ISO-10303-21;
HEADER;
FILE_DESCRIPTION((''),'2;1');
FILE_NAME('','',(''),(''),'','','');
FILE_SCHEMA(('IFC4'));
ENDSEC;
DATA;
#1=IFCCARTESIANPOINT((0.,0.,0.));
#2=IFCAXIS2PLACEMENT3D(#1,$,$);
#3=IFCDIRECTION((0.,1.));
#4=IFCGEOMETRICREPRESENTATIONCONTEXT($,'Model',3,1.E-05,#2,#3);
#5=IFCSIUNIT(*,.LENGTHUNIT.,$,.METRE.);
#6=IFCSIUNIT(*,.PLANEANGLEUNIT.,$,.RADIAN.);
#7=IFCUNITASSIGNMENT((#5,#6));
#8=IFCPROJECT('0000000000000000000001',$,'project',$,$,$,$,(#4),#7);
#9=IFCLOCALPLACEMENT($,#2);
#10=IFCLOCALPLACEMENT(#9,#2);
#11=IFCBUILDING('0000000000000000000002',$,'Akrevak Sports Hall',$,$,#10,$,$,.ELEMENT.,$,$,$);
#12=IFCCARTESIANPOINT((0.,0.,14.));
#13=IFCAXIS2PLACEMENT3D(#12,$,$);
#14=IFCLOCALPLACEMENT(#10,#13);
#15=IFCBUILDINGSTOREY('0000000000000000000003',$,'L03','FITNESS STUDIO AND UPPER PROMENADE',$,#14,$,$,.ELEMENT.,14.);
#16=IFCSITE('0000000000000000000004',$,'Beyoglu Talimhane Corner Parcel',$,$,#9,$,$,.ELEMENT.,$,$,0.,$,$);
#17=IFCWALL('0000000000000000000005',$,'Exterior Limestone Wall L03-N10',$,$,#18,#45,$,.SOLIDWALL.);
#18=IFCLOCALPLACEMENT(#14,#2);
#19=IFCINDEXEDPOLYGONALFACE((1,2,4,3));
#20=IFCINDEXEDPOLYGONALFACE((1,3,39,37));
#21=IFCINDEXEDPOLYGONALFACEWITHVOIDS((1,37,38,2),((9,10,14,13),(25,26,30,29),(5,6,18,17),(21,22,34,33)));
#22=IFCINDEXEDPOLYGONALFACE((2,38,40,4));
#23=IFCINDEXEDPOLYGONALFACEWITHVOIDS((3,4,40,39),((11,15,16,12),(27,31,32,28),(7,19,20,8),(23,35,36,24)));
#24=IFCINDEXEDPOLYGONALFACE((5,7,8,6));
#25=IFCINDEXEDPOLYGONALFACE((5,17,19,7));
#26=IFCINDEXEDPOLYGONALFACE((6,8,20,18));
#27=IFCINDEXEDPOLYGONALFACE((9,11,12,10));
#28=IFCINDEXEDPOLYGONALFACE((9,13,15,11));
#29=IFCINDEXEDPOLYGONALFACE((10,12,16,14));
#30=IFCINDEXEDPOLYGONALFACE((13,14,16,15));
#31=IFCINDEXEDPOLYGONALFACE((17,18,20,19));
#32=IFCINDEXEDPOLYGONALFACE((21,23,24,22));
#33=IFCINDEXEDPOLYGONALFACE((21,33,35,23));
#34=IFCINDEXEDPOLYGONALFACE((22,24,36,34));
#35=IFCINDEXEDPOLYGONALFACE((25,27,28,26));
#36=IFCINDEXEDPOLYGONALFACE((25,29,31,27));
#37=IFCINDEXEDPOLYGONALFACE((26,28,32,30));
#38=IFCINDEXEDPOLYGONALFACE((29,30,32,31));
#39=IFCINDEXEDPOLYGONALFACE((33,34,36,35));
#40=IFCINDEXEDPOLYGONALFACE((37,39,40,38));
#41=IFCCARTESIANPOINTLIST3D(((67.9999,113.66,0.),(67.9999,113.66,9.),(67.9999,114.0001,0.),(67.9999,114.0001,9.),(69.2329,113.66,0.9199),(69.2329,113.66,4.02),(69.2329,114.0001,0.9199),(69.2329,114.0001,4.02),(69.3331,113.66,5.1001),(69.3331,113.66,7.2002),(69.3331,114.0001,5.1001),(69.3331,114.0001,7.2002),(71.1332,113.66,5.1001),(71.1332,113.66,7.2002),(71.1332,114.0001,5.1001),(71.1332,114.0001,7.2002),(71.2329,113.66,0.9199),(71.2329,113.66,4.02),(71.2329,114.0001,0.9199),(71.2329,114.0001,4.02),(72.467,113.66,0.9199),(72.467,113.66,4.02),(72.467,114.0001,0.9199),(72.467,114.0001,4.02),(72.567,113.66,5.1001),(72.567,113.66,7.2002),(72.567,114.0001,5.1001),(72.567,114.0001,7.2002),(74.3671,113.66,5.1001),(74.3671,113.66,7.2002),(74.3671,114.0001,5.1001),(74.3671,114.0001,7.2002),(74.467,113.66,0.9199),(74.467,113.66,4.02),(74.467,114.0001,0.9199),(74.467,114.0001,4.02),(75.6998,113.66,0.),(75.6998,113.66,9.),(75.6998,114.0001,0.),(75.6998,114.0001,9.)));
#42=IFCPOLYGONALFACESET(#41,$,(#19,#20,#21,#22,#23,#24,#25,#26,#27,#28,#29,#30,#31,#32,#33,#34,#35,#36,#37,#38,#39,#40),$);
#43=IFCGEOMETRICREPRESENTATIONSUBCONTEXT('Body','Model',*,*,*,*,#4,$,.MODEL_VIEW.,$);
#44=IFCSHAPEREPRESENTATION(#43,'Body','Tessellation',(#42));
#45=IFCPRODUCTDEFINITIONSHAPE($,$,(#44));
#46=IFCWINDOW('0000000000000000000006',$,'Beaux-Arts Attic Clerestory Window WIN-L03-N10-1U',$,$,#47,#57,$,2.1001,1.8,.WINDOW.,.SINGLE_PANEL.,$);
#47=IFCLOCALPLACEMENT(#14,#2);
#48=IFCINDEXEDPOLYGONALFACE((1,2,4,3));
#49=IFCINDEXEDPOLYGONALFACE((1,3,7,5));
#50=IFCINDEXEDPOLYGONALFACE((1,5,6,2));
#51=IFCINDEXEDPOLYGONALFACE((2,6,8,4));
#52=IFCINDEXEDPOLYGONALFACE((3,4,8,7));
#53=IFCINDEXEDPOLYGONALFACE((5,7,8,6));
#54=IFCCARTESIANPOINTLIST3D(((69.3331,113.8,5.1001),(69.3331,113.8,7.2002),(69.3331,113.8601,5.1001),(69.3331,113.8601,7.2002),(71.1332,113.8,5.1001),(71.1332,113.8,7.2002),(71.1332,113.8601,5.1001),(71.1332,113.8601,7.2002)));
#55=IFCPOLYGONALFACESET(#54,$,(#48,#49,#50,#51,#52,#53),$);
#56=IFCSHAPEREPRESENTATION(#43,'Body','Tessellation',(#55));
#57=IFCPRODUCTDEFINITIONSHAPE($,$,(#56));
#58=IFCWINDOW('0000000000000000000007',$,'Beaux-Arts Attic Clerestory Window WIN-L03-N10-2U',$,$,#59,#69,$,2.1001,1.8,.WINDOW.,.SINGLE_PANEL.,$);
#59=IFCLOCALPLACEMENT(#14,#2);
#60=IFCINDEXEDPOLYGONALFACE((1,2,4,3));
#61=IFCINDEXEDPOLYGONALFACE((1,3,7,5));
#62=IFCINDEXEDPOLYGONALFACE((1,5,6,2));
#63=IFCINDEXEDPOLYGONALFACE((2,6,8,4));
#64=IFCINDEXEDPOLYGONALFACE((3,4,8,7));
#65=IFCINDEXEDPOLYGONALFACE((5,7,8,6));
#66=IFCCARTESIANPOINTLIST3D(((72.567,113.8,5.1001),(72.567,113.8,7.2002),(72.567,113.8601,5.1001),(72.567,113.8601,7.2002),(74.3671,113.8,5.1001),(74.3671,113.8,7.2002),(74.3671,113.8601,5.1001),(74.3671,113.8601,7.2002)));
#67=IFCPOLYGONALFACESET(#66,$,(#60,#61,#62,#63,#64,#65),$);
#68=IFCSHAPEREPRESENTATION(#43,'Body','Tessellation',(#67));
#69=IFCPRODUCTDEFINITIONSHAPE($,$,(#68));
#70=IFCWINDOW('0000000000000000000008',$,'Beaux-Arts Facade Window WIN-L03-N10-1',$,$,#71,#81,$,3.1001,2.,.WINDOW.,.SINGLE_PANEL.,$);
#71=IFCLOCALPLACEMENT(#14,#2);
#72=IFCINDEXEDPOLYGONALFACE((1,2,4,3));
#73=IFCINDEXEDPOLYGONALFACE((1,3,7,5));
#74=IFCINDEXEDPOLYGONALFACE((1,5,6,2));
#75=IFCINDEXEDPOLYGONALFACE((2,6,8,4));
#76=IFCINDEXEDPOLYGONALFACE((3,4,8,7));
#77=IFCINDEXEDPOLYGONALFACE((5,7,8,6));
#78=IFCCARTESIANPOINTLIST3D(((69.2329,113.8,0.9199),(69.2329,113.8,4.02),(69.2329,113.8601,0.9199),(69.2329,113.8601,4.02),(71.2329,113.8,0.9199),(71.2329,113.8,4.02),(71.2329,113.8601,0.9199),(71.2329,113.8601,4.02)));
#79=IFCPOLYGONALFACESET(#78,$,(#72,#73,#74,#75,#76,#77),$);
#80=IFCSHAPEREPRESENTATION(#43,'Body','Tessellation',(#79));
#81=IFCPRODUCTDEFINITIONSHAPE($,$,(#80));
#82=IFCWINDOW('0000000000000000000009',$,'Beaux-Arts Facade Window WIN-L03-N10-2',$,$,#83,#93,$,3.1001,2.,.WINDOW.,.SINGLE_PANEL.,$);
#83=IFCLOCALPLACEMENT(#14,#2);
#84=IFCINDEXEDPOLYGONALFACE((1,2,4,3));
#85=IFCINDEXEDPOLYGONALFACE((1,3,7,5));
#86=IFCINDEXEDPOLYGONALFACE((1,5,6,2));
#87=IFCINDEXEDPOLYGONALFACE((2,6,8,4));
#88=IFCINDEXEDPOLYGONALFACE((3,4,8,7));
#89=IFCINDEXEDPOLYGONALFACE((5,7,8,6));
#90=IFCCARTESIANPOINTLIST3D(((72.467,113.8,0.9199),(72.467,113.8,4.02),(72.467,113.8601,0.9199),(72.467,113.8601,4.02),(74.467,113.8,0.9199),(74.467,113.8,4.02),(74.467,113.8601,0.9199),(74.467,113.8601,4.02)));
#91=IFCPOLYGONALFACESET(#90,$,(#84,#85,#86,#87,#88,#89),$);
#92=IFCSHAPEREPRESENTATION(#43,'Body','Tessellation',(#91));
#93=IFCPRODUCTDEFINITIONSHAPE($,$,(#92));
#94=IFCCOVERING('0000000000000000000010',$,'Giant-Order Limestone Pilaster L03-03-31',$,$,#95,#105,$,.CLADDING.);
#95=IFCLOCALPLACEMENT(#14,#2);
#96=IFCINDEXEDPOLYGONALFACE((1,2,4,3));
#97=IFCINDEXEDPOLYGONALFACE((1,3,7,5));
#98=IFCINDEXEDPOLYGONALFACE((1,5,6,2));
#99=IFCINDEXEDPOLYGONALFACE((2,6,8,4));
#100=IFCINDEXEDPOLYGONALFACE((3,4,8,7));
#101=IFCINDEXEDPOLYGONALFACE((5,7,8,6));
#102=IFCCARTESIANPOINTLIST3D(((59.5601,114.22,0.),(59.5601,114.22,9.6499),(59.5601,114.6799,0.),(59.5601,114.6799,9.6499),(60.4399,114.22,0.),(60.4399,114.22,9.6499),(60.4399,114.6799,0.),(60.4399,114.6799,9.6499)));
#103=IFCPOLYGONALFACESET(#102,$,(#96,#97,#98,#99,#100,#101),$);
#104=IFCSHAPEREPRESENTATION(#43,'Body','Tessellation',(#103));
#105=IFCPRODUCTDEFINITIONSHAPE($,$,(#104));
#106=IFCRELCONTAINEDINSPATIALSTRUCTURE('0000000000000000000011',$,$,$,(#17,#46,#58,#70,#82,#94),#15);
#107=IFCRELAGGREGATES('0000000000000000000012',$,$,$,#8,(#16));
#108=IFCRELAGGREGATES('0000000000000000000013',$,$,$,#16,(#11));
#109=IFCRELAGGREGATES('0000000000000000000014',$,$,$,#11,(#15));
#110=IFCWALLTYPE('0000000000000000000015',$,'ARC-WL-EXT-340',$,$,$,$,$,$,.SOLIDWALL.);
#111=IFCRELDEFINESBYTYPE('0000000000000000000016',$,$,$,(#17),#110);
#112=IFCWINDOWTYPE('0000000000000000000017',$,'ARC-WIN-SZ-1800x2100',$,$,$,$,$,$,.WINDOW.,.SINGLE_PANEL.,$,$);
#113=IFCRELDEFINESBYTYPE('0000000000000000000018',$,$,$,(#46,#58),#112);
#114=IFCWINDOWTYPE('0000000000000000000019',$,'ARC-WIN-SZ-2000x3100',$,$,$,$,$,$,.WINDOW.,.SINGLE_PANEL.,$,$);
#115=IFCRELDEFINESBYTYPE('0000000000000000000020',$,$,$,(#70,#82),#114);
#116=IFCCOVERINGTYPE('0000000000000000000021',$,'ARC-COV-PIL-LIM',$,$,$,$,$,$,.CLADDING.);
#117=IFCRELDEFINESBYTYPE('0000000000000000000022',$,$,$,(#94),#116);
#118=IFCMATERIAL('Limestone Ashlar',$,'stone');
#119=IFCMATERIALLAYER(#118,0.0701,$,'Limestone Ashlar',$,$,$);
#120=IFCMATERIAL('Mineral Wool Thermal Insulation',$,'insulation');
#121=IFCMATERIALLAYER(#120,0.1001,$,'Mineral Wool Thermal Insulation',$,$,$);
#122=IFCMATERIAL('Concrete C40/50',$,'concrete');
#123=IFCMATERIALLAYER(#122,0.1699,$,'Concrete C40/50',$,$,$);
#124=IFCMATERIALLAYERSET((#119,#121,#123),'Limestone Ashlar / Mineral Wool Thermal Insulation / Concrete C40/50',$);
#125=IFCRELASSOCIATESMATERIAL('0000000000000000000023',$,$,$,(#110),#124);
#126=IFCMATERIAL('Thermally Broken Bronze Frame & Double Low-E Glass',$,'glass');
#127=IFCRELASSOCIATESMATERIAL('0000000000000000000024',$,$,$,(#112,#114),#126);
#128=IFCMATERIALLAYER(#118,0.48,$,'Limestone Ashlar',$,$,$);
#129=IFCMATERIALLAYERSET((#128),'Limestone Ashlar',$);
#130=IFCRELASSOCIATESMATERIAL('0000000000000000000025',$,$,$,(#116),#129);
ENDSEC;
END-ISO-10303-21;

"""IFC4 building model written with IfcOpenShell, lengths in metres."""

from ifc_helpers import new_model, si_unit, direction, frame, frame_2d, origin, origin_2d, place, context, subcontext, project, spatial, rectangle, extrude, material, layer, layer_set, type_object, element, fill, save


model = new_model("IFC4")

# Units and contexts
model_context = context("Model", 3, precision=1e-05, world=origin(), true_north=direction((0.0, 1.0)))
body_context = subcontext(model_context, "Body", "Model", "MODEL_VIEW")
ifc_project = project(units=[si_unit("LENGTHUNIT", "METRE"), si_unit("PLANEANGLEUNIT", "RADIAN")], contexts=[model_context])

# Site, building, storey
site_placement = place(None, origin())
site = spatial("IfcSite", under=ifc_project, at=site_placement, Name="Beyoglu Talimhane Corner Parcel", CompositionType="ELEMENT", RefElevation=0.0)
building_placement = place(site_placement, origin())
building = spatial("IfcBuilding", under=site, at=building_placement, Name="Akrevak Sports Hall", CompositionType="ELEMENT")
storey_placement = place(building_placement, frame((0.0, 0.0, 14.0)))
storey = spatial("IfcBuildingStorey", under=building, at=storey_placement, Name="L03", Description="FITNESS STUDIO AND UPPER PROMENADE", CompositionType="ELEMENT", Elevation=14.0)

# Shared definitions
ifc_material_1 = material(Name="Concrete C40/50", Category="concrete")

# Wall, openings, windows
ifc_material_2 = material(Name="Limestone Ashlar", Category="stone")
ifc_layer_1 = layer(ifc_material_2, 0.0701, Name="Limestone Ashlar")
ifc_material_3 = material(Name="Mineral Wool Thermal Insulation", Category="insulation")
ifc_layer_2 = layer(ifc_material_3, 0.1001, Name="Mineral Wool Thermal Insulation")
ifc_layer_3 = layer(ifc_material_1, 0.1699, Name="Concrete C40/50")
ifc_layer_set_1 = layer_set([ifc_layer_1, ifc_layer_2, ifc_layer_3], Name="Limestone Ashlar / Mineral Wool Thermal Insulation / Concrete C40/50")
wall_type = type_object("IfcWallType", Name="ARC-WL-EXT-340", PredefinedType="SOLIDWALL", material=ifc_layer_set_1)
ifc_material_4 = material(Name="Thermally Broken Bronze Frame & Double Low-E Glass", Category="glass")
window_type_1 = type_object("IfcWindowType", Name="ARC-WIN-SZ-1800x2100", PartitioningType="SINGLE_PANEL", PredefinedType="WINDOW", material=ifc_material_4)
window_type_2 = type_object("IfcWindowType", Name="ARC-WIN-SZ-2000x3100", PartitioningType="SINGLE_PANEL", PredefinedType="WINDOW", material=ifc_material_4)
wall_1_placement = place(storey_placement, frame((75.7, 113.8301, 0.0), z_axis=(0.0, 0.0, 1.0), x_axis=(-1.0, 0.0, 0.0)))
wall_1 = element("IfcWall", 1, at=wall_1_placement, inside=storey, type_object=wall_type, Name="Exterior Limestone Wall L03-N10", PredefinedType="SOLIDWALL", context=body_context, shape_type="SweptSolid", body=[
    extrude(rectangle(XDim=7.7, YDim=0.3401, at=frame_2d((3.8501, 0.0))), origin(), (0.0, 0.0, 1.0), 9.0),
])
opening_1_placement = place(wall_1_placement, frame((4.467, 0.0, 0.9199)))
opening_1 = element("IfcOpeningElement", 2, at=opening_1_placement, cuts=wall_1, PredefinedType="OPENING", context=body_context, shape_type="SweptSolid", body=[
    extrude(rectangle(XDim=2.0, YDim=3.1001, at=frame_2d((1.0, 1.55))), frame((0.0, 0.1821, 0.0), z_axis=(0.0, -1.0, 0.0), x_axis=(1.0, 0.0, 0.0)), (0.0, 0.0, 1.0), 0.364),
])
opening_2_placement = place(wall_1_placement, frame((4.5669, 0.0, 5.1001)))
opening_2 = element("IfcOpeningElement", 3, at=opening_2_placement, cuts=wall_1, PredefinedType="OPENING", context=body_context, shape_type="SweptSolid", body=[
    extrude(rectangle(XDim=1.8, YDim=2.1001, at=frame_2d((0.8999, 1.05))), frame((0.0, 0.1821, 0.0), z_axis=(0.0, -1.0, 0.0), x_axis=(1.0, 0.0, 0.0)), (0.0, 0.0, 1.0), 0.364),
])
opening_3_placement = place(wall_1_placement, frame((1.2329, 0.0, 0.9199)))
opening_3 = element("IfcOpeningElement", 4, at=opening_3_placement, cuts=wall_1, PredefinedType="OPENING", context=body_context, shape_type="SweptSolid", body=[
    extrude(rectangle(XDim=2.0, YDim=3.1001, at=frame_2d((1.0, 1.55))), frame((0.0, 0.1821, 0.0), z_axis=(0.0, -1.0, 0.0), x_axis=(1.0, 0.0, 0.0)), (0.0, 0.0, 1.0), 0.364),
])
opening_4_placement = place(wall_1_placement, frame((1.333, 0.0, 5.1001)))
opening_4 = element("IfcOpeningElement", 5, at=opening_4_placement, cuts=wall_1, PredefinedType="OPENING", context=body_context, shape_type="SweptSolid", body=[
    extrude(rectangle(XDim=1.8, YDim=2.1001, at=frame_2d((0.8999, 1.05))), frame((0.0, 0.1821, 0.0), z_axis=(0.0, -1.0, 0.0), x_axis=(1.0, 0.0, 0.0)), (0.0, 0.0, 1.0), 0.364),
])
window_1_placement = place(opening_2_placement, origin())
window_1 = element("IfcWindow", 6, at=window_1_placement, inside=storey, type_object=window_type_1, Name="Beaux-Arts Attic Clerestory Window WIN-L03-N10-1U", OverallHeight=2.1001, OverallWidth=1.8, PartitioningType="SINGLE_PANEL", PredefinedType="WINDOW", context=body_context, shape_type="SweptSolid", body=[
    extrude(rectangle(XDim=1.8, YDim=2.1001, at=frame_2d((0.8999, 1.05))), frame((0.0, 0.03, 0.0), z_axis=(0.0, -1.0, 0.0), x_axis=(1.0, 0.0, 0.0)), (0.0, 0.0, 1.0), 0.0601),
])
fill(opening_2, window_1)
window_2_placement = place(opening_4_placement, origin())
window_2 = element("IfcWindow", 7, at=window_2_placement, inside=storey, type_object=window_type_1, Name="Beaux-Arts Attic Clerestory Window WIN-L03-N10-2U", OverallHeight=2.1001, OverallWidth=1.8, PartitioningType="SINGLE_PANEL", PredefinedType="WINDOW", context=body_context, shape_type="SweptSolid", body=[
    extrude(rectangle(XDim=1.8, YDim=2.1001, at=frame_2d((0.8999, 1.05))), frame((0.0, 0.03, 0.0), z_axis=(0.0, -1.0, 0.0), x_axis=(1.0, 0.0, 0.0)), (0.0, 0.0, 1.0), 0.0601),
])
fill(opening_4, window_2)
window_3_placement = place(opening_1_placement, origin())
window_3 = element("IfcWindow", 8, at=window_3_placement, inside=storey, type_object=window_type_2, Name="Beaux-Arts Facade Window WIN-L03-N10-1", OverallHeight=3.1001, OverallWidth=2.0, PartitioningType="SINGLE_PANEL", PredefinedType="WINDOW", context=body_context, shape_type="SweptSolid", body=[
    extrude(rectangle(XDim=2.0, YDim=3.1001, at=frame_2d((1.0, 1.55))), frame((0.0, 0.03, 0.0), z_axis=(0.0, -1.0, 0.0), x_axis=(1.0, 0.0, 0.0)), (0.0, 0.0, 1.0), 0.0601),
])
fill(opening_1, window_3)
window_4_placement = place(opening_3_placement, origin())
window_4 = element("IfcWindow", 9, at=window_4_placement, inside=storey, type_object=window_type_2, Name="Beaux-Arts Facade Window WIN-L03-N10-2", OverallHeight=3.1001, OverallWidth=2.0, PartitioningType="SINGLE_PANEL", PredefinedType="WINDOW", context=body_context, shape_type="SweptSolid", body=[
    extrude(rectangle(XDim=2.0, YDim=3.1001, at=frame_2d((1.0, 1.55))), frame((0.0, 0.03, 0.0), z_axis=(0.0, -1.0, 0.0), x_axis=(1.0, 0.0, 0.0)), (0.0, 0.0, 1.0), 0.0601),
])
fill(opening_3, window_4)

# Covering
ifc_layer_4 = layer(ifc_material_2, 0.48, Name="Limestone Ashlar")
ifc_layer_set_2 = layer_set([ifc_layer_4], Name="Limestone Ashlar")
covering_type = type_object("IfcCoveringType", Name="ARC-COV-PIL-LIM", PredefinedType="CLADDING", material=ifc_layer_set_2)
covering_placement = place(storey_placement, frame((60.0, 114.45, 0.0), z_axis=(0.0, 0.0, 1.0), x_axis=(-1.0, 0.0, 0.0)))
element("IfcCovering", 10, at=covering_placement, inside=storey, type_object=covering_type, Name="Giant-Order Limestone Pilaster L03-03-31", PredefinedType="CLADDING", context=body_context, shape_type="SweptSolid", body=[
    extrude(rectangle(XDim=0.8799, YDim=0.46, at=origin_2d()), origin(), (0.0, 0.0, 1.0), 9.6499),
])

save(model, "model.ifc")
